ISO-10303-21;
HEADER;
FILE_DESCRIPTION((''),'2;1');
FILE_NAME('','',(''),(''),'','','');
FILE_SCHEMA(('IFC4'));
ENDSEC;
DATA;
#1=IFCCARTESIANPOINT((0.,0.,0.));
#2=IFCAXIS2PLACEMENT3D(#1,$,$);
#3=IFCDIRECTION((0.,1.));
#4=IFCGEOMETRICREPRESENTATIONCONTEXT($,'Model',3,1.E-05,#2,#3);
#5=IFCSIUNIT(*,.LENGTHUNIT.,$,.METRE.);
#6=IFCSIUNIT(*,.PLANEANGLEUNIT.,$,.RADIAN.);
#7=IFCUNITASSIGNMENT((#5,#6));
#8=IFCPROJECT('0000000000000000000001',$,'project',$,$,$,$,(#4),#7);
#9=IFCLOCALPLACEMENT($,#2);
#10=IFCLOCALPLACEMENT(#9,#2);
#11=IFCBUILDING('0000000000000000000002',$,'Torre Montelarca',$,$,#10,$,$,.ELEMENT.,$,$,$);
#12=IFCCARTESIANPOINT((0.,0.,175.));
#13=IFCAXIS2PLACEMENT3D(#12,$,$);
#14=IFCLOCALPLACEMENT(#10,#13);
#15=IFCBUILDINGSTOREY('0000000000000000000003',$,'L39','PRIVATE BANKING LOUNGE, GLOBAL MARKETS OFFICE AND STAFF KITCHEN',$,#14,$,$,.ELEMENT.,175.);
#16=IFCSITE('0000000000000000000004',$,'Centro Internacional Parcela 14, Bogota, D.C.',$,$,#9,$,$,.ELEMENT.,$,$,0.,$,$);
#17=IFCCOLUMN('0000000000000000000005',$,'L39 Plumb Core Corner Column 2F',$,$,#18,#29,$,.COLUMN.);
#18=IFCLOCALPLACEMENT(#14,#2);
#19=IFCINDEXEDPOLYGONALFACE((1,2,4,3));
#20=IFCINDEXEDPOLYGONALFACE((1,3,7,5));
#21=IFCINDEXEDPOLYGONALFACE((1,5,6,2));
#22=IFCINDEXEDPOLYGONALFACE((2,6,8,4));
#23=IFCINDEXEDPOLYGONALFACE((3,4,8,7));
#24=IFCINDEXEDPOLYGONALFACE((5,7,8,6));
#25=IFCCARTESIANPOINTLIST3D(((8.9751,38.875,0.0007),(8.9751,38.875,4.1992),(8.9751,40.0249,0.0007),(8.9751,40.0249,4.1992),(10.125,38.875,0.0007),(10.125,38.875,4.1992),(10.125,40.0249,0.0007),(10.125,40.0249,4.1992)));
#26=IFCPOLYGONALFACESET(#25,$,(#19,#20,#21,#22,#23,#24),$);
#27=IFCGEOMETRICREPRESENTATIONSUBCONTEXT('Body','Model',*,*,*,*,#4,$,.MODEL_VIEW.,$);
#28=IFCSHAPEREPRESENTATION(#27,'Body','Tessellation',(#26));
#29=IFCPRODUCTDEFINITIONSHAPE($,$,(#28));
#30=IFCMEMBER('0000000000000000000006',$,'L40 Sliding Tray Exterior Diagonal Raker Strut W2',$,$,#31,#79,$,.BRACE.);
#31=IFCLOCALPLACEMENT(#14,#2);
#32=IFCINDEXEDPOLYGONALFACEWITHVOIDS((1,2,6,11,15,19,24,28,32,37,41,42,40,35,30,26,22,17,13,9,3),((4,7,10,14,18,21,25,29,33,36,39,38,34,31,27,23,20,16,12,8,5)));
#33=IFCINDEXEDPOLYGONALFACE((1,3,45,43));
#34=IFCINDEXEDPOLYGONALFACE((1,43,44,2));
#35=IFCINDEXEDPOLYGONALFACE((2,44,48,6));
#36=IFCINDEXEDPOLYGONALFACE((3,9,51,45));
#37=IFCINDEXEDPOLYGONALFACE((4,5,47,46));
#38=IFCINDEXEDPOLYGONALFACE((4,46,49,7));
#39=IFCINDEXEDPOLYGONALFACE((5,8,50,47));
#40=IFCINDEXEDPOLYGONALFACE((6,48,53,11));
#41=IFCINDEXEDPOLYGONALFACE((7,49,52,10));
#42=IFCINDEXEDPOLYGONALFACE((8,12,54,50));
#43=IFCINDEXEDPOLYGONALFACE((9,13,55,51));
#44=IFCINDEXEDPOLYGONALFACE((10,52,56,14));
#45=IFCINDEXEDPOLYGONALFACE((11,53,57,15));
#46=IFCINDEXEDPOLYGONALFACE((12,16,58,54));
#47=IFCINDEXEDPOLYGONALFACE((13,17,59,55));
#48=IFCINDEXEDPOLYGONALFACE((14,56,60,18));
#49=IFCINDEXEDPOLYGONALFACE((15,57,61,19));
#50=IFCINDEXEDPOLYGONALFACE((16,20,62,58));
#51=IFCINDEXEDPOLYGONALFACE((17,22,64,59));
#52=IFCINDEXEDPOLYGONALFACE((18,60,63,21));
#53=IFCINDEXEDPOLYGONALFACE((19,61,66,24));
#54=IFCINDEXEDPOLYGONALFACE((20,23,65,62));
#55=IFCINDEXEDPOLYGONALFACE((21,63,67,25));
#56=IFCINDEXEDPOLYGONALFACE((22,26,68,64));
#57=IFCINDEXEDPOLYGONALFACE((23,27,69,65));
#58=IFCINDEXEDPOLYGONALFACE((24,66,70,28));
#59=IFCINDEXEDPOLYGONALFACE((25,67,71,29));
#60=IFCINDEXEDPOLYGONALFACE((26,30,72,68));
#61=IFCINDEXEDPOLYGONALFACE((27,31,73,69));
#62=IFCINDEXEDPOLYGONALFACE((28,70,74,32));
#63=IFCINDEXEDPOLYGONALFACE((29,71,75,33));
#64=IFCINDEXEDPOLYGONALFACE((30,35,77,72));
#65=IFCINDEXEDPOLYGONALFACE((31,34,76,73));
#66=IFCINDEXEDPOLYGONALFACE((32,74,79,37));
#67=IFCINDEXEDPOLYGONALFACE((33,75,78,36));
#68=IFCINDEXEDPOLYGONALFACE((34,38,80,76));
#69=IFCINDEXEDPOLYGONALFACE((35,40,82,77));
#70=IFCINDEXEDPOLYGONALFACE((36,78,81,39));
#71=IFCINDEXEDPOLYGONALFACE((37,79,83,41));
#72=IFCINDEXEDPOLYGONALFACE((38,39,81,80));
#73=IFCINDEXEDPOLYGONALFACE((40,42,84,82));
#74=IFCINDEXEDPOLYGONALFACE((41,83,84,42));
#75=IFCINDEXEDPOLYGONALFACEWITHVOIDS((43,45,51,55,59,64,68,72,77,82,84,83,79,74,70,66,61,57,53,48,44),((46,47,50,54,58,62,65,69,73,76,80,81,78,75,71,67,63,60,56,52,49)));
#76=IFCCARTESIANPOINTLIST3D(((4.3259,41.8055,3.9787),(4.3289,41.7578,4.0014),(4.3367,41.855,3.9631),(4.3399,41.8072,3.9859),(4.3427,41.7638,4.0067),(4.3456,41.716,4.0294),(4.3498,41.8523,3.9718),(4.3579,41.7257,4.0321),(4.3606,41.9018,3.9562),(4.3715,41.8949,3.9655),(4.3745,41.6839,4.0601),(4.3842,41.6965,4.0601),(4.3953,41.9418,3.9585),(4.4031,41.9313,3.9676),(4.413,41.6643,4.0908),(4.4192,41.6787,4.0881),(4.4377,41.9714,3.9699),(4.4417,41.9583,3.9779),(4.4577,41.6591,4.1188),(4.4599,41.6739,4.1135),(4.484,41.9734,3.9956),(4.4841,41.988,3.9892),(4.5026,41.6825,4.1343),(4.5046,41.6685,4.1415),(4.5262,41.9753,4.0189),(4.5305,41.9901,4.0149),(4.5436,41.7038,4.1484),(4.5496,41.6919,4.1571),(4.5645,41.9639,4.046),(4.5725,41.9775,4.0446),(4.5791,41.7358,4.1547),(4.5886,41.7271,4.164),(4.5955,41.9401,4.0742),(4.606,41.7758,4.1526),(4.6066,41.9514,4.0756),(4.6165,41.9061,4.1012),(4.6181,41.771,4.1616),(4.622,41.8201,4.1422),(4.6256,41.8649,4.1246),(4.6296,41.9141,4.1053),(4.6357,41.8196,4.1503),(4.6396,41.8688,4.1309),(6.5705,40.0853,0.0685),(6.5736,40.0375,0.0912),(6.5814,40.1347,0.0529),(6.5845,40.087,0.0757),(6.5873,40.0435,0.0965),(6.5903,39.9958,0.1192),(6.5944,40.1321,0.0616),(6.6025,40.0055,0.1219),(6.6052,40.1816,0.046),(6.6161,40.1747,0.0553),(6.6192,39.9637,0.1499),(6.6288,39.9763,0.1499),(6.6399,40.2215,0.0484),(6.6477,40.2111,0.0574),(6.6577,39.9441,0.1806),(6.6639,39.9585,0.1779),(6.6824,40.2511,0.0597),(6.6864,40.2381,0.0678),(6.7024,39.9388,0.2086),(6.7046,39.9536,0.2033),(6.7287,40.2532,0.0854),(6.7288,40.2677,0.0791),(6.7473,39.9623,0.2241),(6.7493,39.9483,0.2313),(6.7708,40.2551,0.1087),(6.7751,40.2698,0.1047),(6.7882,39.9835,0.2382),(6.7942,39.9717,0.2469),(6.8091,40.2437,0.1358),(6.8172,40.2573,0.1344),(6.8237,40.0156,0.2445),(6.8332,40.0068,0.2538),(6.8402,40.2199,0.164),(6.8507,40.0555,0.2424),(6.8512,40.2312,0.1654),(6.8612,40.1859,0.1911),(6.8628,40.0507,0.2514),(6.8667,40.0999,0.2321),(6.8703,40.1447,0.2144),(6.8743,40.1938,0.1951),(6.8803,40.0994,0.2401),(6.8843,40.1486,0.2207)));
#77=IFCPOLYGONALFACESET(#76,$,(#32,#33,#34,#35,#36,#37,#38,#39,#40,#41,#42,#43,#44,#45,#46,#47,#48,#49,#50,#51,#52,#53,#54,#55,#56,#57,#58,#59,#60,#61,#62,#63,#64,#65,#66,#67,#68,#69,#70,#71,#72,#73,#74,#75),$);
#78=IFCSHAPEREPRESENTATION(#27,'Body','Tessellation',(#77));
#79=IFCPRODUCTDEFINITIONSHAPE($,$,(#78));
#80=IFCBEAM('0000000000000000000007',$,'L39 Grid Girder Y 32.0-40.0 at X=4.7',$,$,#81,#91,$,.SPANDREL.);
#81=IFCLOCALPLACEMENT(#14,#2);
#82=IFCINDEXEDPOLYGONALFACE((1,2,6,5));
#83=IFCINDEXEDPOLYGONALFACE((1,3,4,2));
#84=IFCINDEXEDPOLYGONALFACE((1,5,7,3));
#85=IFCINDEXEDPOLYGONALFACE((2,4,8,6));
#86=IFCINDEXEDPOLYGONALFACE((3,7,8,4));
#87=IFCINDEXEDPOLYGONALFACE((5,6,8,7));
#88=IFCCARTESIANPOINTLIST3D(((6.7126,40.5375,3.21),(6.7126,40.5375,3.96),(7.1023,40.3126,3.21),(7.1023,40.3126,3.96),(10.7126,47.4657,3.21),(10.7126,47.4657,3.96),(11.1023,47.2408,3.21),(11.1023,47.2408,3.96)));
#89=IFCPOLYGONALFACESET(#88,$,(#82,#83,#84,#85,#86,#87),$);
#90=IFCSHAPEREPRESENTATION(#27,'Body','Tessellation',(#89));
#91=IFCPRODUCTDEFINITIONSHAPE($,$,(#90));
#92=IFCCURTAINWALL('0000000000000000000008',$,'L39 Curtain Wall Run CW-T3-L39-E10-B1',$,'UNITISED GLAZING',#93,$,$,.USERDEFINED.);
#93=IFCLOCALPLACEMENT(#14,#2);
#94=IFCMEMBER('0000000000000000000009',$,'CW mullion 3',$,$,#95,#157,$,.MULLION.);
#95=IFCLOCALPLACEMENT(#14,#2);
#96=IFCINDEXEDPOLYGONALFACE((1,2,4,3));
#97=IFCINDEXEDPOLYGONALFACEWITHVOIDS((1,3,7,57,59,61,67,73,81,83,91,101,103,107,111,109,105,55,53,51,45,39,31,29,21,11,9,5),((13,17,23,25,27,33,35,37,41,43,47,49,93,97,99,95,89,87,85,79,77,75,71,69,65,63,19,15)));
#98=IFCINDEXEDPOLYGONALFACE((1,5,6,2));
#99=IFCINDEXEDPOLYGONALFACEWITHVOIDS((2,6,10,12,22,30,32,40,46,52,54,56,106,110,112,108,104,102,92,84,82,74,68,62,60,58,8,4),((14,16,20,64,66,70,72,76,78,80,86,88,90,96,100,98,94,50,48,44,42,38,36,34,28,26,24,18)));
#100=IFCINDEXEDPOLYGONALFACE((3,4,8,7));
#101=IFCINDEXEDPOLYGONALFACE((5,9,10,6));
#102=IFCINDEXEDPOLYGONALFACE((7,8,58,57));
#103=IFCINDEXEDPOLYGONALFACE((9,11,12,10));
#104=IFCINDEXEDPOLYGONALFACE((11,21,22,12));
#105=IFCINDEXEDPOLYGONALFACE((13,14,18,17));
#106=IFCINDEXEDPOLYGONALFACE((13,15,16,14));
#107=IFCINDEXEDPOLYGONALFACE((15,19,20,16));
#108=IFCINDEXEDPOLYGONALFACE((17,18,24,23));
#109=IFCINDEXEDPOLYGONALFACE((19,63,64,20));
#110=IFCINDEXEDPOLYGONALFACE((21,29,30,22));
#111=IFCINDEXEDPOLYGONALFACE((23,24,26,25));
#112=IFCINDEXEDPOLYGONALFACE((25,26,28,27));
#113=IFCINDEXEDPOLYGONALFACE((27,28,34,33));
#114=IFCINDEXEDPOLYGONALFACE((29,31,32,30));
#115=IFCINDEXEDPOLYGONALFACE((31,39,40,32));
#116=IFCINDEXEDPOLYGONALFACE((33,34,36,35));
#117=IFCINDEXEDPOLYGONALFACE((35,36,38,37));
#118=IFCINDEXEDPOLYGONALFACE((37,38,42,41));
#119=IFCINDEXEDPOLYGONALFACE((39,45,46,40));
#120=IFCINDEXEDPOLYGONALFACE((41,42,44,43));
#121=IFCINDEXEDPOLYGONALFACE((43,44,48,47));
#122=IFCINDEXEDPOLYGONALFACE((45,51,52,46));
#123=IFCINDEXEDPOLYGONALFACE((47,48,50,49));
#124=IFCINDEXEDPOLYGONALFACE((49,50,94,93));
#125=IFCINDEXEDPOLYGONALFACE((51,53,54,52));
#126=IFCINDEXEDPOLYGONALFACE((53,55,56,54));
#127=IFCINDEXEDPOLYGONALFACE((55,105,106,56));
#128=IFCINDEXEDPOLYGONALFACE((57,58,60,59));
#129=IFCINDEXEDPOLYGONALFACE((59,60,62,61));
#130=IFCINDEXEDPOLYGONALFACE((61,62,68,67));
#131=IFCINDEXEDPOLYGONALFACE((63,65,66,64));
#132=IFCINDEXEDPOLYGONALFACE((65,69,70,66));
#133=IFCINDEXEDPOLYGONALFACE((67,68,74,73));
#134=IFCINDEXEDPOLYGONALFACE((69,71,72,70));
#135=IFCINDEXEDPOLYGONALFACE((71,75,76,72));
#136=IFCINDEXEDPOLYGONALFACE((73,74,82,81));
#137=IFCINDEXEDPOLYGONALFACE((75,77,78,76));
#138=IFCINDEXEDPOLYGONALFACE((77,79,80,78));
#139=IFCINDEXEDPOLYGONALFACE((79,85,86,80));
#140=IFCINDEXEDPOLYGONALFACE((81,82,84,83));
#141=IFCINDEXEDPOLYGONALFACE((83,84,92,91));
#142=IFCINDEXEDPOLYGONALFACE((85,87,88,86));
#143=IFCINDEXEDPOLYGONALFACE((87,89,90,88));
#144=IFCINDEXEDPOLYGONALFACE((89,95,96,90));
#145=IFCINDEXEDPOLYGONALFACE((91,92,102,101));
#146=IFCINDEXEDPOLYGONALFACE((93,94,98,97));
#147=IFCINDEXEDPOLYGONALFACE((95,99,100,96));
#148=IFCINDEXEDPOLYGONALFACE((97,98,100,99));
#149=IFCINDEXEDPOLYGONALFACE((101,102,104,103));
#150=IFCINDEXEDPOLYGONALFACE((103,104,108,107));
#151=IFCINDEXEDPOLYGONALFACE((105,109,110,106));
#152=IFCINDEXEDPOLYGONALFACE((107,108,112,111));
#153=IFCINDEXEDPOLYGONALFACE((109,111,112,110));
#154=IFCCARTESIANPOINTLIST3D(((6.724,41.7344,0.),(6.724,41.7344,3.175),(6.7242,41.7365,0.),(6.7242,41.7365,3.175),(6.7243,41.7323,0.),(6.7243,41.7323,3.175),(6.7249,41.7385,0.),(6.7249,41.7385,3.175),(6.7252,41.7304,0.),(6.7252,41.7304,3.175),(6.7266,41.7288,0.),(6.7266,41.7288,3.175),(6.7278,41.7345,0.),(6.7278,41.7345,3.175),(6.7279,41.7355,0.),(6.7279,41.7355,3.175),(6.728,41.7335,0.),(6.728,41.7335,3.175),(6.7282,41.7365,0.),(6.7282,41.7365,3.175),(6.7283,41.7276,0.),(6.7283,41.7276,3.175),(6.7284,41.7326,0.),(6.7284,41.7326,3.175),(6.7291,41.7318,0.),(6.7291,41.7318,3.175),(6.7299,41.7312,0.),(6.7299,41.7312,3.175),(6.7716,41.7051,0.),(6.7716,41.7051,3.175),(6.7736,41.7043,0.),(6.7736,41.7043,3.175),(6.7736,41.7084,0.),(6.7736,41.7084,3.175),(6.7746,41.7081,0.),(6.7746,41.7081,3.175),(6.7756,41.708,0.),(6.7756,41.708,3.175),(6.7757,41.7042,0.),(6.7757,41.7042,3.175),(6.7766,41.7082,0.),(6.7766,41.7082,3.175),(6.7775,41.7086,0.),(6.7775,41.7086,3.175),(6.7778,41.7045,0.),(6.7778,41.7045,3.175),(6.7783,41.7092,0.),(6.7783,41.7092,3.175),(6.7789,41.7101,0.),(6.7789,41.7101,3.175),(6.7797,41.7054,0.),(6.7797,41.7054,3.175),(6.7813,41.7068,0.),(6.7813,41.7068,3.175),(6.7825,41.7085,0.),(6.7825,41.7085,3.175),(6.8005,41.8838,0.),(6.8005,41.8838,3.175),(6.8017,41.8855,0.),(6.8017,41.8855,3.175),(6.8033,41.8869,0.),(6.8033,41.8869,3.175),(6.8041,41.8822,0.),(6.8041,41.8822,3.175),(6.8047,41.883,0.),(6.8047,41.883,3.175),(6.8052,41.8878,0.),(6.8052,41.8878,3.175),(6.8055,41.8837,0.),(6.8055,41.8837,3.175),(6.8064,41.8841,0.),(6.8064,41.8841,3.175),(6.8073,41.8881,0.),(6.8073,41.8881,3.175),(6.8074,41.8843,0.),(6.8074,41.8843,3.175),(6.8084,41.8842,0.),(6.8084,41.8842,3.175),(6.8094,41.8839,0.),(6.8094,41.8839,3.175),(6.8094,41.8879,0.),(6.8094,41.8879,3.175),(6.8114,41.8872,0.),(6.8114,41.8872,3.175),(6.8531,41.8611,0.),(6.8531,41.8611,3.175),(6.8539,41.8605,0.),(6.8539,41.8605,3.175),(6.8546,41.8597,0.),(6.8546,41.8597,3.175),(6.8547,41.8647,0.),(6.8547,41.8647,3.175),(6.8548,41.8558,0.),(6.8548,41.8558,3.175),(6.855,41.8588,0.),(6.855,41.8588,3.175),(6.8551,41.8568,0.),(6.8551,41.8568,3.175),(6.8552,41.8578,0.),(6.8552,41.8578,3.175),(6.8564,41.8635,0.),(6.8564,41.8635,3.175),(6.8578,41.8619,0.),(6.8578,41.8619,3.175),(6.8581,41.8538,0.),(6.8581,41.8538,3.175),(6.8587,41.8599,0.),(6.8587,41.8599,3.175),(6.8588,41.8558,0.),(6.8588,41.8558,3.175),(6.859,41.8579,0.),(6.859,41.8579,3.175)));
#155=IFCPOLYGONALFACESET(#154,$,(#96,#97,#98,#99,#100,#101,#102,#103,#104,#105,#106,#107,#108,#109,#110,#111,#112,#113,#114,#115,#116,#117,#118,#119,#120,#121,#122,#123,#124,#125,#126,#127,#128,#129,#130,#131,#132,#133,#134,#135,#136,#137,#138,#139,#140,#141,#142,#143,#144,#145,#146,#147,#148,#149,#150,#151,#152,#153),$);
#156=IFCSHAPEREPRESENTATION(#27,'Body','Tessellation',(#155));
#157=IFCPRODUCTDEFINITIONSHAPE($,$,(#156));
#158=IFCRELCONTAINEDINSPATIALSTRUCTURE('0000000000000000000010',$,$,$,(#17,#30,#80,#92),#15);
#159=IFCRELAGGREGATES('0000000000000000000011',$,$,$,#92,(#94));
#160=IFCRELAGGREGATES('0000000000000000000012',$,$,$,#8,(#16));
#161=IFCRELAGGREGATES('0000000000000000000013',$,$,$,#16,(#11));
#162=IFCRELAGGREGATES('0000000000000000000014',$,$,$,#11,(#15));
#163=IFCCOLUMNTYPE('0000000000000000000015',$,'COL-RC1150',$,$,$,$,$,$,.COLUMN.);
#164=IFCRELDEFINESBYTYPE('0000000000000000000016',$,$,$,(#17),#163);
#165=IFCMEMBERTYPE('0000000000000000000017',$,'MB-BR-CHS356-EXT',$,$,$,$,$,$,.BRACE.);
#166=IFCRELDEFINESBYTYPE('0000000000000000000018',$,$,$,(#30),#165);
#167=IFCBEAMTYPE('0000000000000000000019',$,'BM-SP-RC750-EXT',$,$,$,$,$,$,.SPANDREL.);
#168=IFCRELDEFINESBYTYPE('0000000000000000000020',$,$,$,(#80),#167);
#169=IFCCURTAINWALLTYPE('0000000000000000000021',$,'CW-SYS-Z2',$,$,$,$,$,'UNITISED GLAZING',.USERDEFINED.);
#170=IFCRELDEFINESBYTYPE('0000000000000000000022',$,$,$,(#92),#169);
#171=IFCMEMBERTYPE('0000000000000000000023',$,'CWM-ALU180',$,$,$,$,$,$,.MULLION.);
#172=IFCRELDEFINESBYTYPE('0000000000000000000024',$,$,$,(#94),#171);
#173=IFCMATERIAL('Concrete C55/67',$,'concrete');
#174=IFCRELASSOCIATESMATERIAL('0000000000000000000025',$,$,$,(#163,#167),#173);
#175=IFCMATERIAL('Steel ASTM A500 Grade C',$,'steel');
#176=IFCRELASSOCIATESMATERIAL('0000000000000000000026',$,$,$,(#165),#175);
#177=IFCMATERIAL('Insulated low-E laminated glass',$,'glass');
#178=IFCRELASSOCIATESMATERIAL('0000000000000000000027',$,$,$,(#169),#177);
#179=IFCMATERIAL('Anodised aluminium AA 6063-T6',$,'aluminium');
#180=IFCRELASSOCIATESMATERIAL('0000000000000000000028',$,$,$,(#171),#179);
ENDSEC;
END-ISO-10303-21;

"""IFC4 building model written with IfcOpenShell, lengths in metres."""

from ifc_helpers import new_model, si_unit, direction, frame, origin, origin_2d, place, context, subcontext, project, spatial, rectangle, hollow_rectangle, hollow_circle, extrude, source, transform, mapped, material, material_profile, profile_set, type_object, element, aggregate, save


model = new_model("IFC4")

# Units and contexts
model_context = context("Model", 3, precision=1e-05, world=origin(), true_north=direction((0.0, 1.0)))
body_context = subcontext(model_context, "Body", "Model", "MODEL_VIEW")
ifc_project = project(units=[si_unit("LENGTHUNIT", "METRE"), si_unit("PLANEANGLEUNIT", "RADIAN")], contexts=[model_context])

# Site, building, storey
site_placement = place(None, origin())
site = spatial("IfcSite", under=ifc_project, at=site_placement, Name="Centro Internacional Parcela 14, Bogota, D.C.", CompositionType="ELEMENT", RefElevation=0.0)
building_placement = place(site_placement, origin())
building = spatial("IfcBuilding", under=site, at=building_placement, Name="Torre Montelarca", CompositionType="ELEMENT")
storey_placement = place(building_placement, frame((0.0, 0.0, 175.0)))
storey = spatial("IfcBuildingStorey", under=building, at=storey_placement, Name="L39", Description="PRIVATE BANKING LOUNGE, GLOBAL MARKETS OFFICE AND STAFF KITCHEN", CompositionType="ELEMENT", Elevation=175.0)

# Column
ifc_material_1 = material(Name="Concrete C55/67", Category="concrete")
ifc_material_profile_1 = material_profile(ifc_material_1, rectangle(XDim=1.1499, YDim=1.1499, at=origin_2d()), Name="RC1150X1150", Category="concrete")
ifc_profile_set_1 = profile_set([ifc_material_profile_1], Name="Concrete C55/67")
column_type_1 = type_object("IfcColumnType", Name="COL-RC1150", PredefinedType="COLUMN", material=ifc_profile_set_1)
shared_shape_1 = source(origin(), body_context, "Body", "SweptSolid", [
    extrude(rectangle(XDim=1.1499, YDim=1.1499, at=origin_2d()), origin(), (0.0, 0.0, 1.0), 4.1985),
])
column_1_placement = place(storey_placement, frame((9.55, 39.45, 0.0007), z_axis=(0.0, 0.0, 1.0), x_axis=(1.0, 0.0, 0.0)))
element("IfcColumn", 1, at=column_1_placement, inside=storey, type_object=column_type_1, Name="L39 Plumb Core Corner Column 2F", PredefinedType="COLUMN", context=body_context, shape_type="MappedRepresentation", body=[
    mapped(shared_shape_1, transform((0.0, 0.0, 0.0), scale=1.0)),
])

# Member
ifc_material_2 = material(Name="Steel ASTM A500 Grade C", Category="steel")
ifc_material_profile_2 = material_profile(ifc_material_2, hollow_circle(Radius=0.1777, WallThickness=0.0159, at=origin_2d()), Name="HSS355.6X15.9", Category="steel")
ifc_profile_set_2 = profile_set([ifc_material_profile_2], Name="Steel ASTM A500 Grade C")
member_type_1 = type_object("IfcMemberType", Name="MB-BR-CHS356-EXT", PredefinedType="BRACE", material=ifc_profile_set_2)
shared_shape_2 = source(origin(), body_context, "Body", "SweptSolid", [
    extrude(hollow_circle(Radius=0.1777, WallThickness=0.0159, at=origin_2d()), origin(), (0.0, 0.0, 1.0), 4.8257),
])
member_1_placement = place(storey_placement, frame((6.7273, 40.1047, 0.1499), z_axis=(-0.465146, 0.356474, 0.810287), x_axis=(-0.608283, -0.79372, 0.0)))
element("IfcMember", 2, at=member_1_placement, inside=storey, type_object=member_type_1, Name="L40 Sliding Tray Exterior Diagonal Raker Strut W2", PredefinedType="BRACE", context=body_context, shape_type="MappedRepresentation", body=[
    mapped(shared_shape_2, transform((0.0, 0.0, 0.0), scale=1.0)),
])

# Beam
ifc_material_profile_3 = material_profile(ifc_material_1, rectangle(XDim=0.45, YDim=0.75, at=origin_2d()), Name="RCB450X750", Category="concrete")
ifc_profile_set_3 = profile_set([ifc_material_profile_3], Name="Concrete C55/67")
beam_type = type_object("IfcBeamType", Name="BM-SP-RC750-EXT", PredefinedType="SPANDREL", material=ifc_profile_set_3)
shared_shape_3 = source(origin(), body_context, "Body", "SweptSolid", [
    extrude(rectangle(XDim=0.45, YDim=0.75, at=origin_2d()), origin(), (0.0, 0.0, 1.0), 8.0),
])
beam_placement = place(storey_placement, frame((6.9075, 40.425, 3.585), z_axis=(0.499999, 0.866026, 0.0), x_axis=(-0.866026, 0.499999, 0.0)))
element("IfcBeam", 3, at=beam_placement, inside=storey, type_object=beam_type, Name="L39 Grid Girder Y 32.0-40.0 at X=4.7", PredefinedType="SPANDREL", context=body_context, shape_type="MappedRepresentation", body=[
    mapped(shared_shape_3, transform((0.0, 0.0, 0.0), scale=1.0)),
])

# Curtain wall, member
ifc_material_3 = material(Name="Insulated low-E laminated glass", Category="glass")
curtain_wall_type = type_object("IfcCurtainWallType", Name="CW-SYS-Z2", ElementType="UNITISED GLAZING", PredefinedType="USERDEFINED", material=ifc_material_3)
curtain_wall_placement = place(storey_placement, origin())
curtain_wall = element("IfcCurtainWall", 4, at=curtain_wall_placement, inside=storey, type_object=curtain_wall_type, Name="L39 Curtain Wall Run CW-T3-L39-E10-B1", ObjectType="UNITISED GLAZING", PredefinedType="USERDEFINED")
ifc_material_4 = material(Name="Anodised aluminium AA 6063-T6", Category="aluminium")
ifc_material_profile_4 = material_profile(ifc_material_4, hollow_rectangle(XDim=0.0649, YDim=0.1799, WallThickness=0.0039, InnerFilletRadius=0.0039, OuterFilletRadius=0.0081, at=origin_2d()), Name="ALU65X180X4", Category="aluminium")
ifc_profile_set_4 = profile_set([ifc_material_profile_4], Name="Anodised aluminium AA 6063-T6")
member_type_2 = type_object("IfcMemberType", Name="CWM-ALU180", PredefinedType="MULLION", material=ifc_profile_set_4)
shared_shape_4 = source(origin(), body_context, "Body", "SweptSolid", [
    extrude(hollow_rectangle(XDim=0.0649, YDim=0.1799, WallThickness=0.0039, InnerFilletRadius=0.0039, OuterFilletRadius=0.0081, at=origin_2d()), origin(), (0.0, 0.0, 1.0), 3.175),
])
member_2_placement = place(storey_placement, frame((6.7915, 41.7961, 0.0), z_axis=(0.0, 0.0, 1.0), x_axis=(0.887013, -0.461744, 0.0)))
member_2 = element("IfcMember", 5, at=member_2_placement, type_object=member_type_2, Name="CW mullion 3", PredefinedType="MULLION", context=body_context, shape_type="MappedRepresentation", body=[
    mapped(shared_shape_4, transform((0.0, 0.0, 0.0), scale=1.0)),
])
aggregate(curtain_wall, [member_2])

save(model, "model.ifc")
